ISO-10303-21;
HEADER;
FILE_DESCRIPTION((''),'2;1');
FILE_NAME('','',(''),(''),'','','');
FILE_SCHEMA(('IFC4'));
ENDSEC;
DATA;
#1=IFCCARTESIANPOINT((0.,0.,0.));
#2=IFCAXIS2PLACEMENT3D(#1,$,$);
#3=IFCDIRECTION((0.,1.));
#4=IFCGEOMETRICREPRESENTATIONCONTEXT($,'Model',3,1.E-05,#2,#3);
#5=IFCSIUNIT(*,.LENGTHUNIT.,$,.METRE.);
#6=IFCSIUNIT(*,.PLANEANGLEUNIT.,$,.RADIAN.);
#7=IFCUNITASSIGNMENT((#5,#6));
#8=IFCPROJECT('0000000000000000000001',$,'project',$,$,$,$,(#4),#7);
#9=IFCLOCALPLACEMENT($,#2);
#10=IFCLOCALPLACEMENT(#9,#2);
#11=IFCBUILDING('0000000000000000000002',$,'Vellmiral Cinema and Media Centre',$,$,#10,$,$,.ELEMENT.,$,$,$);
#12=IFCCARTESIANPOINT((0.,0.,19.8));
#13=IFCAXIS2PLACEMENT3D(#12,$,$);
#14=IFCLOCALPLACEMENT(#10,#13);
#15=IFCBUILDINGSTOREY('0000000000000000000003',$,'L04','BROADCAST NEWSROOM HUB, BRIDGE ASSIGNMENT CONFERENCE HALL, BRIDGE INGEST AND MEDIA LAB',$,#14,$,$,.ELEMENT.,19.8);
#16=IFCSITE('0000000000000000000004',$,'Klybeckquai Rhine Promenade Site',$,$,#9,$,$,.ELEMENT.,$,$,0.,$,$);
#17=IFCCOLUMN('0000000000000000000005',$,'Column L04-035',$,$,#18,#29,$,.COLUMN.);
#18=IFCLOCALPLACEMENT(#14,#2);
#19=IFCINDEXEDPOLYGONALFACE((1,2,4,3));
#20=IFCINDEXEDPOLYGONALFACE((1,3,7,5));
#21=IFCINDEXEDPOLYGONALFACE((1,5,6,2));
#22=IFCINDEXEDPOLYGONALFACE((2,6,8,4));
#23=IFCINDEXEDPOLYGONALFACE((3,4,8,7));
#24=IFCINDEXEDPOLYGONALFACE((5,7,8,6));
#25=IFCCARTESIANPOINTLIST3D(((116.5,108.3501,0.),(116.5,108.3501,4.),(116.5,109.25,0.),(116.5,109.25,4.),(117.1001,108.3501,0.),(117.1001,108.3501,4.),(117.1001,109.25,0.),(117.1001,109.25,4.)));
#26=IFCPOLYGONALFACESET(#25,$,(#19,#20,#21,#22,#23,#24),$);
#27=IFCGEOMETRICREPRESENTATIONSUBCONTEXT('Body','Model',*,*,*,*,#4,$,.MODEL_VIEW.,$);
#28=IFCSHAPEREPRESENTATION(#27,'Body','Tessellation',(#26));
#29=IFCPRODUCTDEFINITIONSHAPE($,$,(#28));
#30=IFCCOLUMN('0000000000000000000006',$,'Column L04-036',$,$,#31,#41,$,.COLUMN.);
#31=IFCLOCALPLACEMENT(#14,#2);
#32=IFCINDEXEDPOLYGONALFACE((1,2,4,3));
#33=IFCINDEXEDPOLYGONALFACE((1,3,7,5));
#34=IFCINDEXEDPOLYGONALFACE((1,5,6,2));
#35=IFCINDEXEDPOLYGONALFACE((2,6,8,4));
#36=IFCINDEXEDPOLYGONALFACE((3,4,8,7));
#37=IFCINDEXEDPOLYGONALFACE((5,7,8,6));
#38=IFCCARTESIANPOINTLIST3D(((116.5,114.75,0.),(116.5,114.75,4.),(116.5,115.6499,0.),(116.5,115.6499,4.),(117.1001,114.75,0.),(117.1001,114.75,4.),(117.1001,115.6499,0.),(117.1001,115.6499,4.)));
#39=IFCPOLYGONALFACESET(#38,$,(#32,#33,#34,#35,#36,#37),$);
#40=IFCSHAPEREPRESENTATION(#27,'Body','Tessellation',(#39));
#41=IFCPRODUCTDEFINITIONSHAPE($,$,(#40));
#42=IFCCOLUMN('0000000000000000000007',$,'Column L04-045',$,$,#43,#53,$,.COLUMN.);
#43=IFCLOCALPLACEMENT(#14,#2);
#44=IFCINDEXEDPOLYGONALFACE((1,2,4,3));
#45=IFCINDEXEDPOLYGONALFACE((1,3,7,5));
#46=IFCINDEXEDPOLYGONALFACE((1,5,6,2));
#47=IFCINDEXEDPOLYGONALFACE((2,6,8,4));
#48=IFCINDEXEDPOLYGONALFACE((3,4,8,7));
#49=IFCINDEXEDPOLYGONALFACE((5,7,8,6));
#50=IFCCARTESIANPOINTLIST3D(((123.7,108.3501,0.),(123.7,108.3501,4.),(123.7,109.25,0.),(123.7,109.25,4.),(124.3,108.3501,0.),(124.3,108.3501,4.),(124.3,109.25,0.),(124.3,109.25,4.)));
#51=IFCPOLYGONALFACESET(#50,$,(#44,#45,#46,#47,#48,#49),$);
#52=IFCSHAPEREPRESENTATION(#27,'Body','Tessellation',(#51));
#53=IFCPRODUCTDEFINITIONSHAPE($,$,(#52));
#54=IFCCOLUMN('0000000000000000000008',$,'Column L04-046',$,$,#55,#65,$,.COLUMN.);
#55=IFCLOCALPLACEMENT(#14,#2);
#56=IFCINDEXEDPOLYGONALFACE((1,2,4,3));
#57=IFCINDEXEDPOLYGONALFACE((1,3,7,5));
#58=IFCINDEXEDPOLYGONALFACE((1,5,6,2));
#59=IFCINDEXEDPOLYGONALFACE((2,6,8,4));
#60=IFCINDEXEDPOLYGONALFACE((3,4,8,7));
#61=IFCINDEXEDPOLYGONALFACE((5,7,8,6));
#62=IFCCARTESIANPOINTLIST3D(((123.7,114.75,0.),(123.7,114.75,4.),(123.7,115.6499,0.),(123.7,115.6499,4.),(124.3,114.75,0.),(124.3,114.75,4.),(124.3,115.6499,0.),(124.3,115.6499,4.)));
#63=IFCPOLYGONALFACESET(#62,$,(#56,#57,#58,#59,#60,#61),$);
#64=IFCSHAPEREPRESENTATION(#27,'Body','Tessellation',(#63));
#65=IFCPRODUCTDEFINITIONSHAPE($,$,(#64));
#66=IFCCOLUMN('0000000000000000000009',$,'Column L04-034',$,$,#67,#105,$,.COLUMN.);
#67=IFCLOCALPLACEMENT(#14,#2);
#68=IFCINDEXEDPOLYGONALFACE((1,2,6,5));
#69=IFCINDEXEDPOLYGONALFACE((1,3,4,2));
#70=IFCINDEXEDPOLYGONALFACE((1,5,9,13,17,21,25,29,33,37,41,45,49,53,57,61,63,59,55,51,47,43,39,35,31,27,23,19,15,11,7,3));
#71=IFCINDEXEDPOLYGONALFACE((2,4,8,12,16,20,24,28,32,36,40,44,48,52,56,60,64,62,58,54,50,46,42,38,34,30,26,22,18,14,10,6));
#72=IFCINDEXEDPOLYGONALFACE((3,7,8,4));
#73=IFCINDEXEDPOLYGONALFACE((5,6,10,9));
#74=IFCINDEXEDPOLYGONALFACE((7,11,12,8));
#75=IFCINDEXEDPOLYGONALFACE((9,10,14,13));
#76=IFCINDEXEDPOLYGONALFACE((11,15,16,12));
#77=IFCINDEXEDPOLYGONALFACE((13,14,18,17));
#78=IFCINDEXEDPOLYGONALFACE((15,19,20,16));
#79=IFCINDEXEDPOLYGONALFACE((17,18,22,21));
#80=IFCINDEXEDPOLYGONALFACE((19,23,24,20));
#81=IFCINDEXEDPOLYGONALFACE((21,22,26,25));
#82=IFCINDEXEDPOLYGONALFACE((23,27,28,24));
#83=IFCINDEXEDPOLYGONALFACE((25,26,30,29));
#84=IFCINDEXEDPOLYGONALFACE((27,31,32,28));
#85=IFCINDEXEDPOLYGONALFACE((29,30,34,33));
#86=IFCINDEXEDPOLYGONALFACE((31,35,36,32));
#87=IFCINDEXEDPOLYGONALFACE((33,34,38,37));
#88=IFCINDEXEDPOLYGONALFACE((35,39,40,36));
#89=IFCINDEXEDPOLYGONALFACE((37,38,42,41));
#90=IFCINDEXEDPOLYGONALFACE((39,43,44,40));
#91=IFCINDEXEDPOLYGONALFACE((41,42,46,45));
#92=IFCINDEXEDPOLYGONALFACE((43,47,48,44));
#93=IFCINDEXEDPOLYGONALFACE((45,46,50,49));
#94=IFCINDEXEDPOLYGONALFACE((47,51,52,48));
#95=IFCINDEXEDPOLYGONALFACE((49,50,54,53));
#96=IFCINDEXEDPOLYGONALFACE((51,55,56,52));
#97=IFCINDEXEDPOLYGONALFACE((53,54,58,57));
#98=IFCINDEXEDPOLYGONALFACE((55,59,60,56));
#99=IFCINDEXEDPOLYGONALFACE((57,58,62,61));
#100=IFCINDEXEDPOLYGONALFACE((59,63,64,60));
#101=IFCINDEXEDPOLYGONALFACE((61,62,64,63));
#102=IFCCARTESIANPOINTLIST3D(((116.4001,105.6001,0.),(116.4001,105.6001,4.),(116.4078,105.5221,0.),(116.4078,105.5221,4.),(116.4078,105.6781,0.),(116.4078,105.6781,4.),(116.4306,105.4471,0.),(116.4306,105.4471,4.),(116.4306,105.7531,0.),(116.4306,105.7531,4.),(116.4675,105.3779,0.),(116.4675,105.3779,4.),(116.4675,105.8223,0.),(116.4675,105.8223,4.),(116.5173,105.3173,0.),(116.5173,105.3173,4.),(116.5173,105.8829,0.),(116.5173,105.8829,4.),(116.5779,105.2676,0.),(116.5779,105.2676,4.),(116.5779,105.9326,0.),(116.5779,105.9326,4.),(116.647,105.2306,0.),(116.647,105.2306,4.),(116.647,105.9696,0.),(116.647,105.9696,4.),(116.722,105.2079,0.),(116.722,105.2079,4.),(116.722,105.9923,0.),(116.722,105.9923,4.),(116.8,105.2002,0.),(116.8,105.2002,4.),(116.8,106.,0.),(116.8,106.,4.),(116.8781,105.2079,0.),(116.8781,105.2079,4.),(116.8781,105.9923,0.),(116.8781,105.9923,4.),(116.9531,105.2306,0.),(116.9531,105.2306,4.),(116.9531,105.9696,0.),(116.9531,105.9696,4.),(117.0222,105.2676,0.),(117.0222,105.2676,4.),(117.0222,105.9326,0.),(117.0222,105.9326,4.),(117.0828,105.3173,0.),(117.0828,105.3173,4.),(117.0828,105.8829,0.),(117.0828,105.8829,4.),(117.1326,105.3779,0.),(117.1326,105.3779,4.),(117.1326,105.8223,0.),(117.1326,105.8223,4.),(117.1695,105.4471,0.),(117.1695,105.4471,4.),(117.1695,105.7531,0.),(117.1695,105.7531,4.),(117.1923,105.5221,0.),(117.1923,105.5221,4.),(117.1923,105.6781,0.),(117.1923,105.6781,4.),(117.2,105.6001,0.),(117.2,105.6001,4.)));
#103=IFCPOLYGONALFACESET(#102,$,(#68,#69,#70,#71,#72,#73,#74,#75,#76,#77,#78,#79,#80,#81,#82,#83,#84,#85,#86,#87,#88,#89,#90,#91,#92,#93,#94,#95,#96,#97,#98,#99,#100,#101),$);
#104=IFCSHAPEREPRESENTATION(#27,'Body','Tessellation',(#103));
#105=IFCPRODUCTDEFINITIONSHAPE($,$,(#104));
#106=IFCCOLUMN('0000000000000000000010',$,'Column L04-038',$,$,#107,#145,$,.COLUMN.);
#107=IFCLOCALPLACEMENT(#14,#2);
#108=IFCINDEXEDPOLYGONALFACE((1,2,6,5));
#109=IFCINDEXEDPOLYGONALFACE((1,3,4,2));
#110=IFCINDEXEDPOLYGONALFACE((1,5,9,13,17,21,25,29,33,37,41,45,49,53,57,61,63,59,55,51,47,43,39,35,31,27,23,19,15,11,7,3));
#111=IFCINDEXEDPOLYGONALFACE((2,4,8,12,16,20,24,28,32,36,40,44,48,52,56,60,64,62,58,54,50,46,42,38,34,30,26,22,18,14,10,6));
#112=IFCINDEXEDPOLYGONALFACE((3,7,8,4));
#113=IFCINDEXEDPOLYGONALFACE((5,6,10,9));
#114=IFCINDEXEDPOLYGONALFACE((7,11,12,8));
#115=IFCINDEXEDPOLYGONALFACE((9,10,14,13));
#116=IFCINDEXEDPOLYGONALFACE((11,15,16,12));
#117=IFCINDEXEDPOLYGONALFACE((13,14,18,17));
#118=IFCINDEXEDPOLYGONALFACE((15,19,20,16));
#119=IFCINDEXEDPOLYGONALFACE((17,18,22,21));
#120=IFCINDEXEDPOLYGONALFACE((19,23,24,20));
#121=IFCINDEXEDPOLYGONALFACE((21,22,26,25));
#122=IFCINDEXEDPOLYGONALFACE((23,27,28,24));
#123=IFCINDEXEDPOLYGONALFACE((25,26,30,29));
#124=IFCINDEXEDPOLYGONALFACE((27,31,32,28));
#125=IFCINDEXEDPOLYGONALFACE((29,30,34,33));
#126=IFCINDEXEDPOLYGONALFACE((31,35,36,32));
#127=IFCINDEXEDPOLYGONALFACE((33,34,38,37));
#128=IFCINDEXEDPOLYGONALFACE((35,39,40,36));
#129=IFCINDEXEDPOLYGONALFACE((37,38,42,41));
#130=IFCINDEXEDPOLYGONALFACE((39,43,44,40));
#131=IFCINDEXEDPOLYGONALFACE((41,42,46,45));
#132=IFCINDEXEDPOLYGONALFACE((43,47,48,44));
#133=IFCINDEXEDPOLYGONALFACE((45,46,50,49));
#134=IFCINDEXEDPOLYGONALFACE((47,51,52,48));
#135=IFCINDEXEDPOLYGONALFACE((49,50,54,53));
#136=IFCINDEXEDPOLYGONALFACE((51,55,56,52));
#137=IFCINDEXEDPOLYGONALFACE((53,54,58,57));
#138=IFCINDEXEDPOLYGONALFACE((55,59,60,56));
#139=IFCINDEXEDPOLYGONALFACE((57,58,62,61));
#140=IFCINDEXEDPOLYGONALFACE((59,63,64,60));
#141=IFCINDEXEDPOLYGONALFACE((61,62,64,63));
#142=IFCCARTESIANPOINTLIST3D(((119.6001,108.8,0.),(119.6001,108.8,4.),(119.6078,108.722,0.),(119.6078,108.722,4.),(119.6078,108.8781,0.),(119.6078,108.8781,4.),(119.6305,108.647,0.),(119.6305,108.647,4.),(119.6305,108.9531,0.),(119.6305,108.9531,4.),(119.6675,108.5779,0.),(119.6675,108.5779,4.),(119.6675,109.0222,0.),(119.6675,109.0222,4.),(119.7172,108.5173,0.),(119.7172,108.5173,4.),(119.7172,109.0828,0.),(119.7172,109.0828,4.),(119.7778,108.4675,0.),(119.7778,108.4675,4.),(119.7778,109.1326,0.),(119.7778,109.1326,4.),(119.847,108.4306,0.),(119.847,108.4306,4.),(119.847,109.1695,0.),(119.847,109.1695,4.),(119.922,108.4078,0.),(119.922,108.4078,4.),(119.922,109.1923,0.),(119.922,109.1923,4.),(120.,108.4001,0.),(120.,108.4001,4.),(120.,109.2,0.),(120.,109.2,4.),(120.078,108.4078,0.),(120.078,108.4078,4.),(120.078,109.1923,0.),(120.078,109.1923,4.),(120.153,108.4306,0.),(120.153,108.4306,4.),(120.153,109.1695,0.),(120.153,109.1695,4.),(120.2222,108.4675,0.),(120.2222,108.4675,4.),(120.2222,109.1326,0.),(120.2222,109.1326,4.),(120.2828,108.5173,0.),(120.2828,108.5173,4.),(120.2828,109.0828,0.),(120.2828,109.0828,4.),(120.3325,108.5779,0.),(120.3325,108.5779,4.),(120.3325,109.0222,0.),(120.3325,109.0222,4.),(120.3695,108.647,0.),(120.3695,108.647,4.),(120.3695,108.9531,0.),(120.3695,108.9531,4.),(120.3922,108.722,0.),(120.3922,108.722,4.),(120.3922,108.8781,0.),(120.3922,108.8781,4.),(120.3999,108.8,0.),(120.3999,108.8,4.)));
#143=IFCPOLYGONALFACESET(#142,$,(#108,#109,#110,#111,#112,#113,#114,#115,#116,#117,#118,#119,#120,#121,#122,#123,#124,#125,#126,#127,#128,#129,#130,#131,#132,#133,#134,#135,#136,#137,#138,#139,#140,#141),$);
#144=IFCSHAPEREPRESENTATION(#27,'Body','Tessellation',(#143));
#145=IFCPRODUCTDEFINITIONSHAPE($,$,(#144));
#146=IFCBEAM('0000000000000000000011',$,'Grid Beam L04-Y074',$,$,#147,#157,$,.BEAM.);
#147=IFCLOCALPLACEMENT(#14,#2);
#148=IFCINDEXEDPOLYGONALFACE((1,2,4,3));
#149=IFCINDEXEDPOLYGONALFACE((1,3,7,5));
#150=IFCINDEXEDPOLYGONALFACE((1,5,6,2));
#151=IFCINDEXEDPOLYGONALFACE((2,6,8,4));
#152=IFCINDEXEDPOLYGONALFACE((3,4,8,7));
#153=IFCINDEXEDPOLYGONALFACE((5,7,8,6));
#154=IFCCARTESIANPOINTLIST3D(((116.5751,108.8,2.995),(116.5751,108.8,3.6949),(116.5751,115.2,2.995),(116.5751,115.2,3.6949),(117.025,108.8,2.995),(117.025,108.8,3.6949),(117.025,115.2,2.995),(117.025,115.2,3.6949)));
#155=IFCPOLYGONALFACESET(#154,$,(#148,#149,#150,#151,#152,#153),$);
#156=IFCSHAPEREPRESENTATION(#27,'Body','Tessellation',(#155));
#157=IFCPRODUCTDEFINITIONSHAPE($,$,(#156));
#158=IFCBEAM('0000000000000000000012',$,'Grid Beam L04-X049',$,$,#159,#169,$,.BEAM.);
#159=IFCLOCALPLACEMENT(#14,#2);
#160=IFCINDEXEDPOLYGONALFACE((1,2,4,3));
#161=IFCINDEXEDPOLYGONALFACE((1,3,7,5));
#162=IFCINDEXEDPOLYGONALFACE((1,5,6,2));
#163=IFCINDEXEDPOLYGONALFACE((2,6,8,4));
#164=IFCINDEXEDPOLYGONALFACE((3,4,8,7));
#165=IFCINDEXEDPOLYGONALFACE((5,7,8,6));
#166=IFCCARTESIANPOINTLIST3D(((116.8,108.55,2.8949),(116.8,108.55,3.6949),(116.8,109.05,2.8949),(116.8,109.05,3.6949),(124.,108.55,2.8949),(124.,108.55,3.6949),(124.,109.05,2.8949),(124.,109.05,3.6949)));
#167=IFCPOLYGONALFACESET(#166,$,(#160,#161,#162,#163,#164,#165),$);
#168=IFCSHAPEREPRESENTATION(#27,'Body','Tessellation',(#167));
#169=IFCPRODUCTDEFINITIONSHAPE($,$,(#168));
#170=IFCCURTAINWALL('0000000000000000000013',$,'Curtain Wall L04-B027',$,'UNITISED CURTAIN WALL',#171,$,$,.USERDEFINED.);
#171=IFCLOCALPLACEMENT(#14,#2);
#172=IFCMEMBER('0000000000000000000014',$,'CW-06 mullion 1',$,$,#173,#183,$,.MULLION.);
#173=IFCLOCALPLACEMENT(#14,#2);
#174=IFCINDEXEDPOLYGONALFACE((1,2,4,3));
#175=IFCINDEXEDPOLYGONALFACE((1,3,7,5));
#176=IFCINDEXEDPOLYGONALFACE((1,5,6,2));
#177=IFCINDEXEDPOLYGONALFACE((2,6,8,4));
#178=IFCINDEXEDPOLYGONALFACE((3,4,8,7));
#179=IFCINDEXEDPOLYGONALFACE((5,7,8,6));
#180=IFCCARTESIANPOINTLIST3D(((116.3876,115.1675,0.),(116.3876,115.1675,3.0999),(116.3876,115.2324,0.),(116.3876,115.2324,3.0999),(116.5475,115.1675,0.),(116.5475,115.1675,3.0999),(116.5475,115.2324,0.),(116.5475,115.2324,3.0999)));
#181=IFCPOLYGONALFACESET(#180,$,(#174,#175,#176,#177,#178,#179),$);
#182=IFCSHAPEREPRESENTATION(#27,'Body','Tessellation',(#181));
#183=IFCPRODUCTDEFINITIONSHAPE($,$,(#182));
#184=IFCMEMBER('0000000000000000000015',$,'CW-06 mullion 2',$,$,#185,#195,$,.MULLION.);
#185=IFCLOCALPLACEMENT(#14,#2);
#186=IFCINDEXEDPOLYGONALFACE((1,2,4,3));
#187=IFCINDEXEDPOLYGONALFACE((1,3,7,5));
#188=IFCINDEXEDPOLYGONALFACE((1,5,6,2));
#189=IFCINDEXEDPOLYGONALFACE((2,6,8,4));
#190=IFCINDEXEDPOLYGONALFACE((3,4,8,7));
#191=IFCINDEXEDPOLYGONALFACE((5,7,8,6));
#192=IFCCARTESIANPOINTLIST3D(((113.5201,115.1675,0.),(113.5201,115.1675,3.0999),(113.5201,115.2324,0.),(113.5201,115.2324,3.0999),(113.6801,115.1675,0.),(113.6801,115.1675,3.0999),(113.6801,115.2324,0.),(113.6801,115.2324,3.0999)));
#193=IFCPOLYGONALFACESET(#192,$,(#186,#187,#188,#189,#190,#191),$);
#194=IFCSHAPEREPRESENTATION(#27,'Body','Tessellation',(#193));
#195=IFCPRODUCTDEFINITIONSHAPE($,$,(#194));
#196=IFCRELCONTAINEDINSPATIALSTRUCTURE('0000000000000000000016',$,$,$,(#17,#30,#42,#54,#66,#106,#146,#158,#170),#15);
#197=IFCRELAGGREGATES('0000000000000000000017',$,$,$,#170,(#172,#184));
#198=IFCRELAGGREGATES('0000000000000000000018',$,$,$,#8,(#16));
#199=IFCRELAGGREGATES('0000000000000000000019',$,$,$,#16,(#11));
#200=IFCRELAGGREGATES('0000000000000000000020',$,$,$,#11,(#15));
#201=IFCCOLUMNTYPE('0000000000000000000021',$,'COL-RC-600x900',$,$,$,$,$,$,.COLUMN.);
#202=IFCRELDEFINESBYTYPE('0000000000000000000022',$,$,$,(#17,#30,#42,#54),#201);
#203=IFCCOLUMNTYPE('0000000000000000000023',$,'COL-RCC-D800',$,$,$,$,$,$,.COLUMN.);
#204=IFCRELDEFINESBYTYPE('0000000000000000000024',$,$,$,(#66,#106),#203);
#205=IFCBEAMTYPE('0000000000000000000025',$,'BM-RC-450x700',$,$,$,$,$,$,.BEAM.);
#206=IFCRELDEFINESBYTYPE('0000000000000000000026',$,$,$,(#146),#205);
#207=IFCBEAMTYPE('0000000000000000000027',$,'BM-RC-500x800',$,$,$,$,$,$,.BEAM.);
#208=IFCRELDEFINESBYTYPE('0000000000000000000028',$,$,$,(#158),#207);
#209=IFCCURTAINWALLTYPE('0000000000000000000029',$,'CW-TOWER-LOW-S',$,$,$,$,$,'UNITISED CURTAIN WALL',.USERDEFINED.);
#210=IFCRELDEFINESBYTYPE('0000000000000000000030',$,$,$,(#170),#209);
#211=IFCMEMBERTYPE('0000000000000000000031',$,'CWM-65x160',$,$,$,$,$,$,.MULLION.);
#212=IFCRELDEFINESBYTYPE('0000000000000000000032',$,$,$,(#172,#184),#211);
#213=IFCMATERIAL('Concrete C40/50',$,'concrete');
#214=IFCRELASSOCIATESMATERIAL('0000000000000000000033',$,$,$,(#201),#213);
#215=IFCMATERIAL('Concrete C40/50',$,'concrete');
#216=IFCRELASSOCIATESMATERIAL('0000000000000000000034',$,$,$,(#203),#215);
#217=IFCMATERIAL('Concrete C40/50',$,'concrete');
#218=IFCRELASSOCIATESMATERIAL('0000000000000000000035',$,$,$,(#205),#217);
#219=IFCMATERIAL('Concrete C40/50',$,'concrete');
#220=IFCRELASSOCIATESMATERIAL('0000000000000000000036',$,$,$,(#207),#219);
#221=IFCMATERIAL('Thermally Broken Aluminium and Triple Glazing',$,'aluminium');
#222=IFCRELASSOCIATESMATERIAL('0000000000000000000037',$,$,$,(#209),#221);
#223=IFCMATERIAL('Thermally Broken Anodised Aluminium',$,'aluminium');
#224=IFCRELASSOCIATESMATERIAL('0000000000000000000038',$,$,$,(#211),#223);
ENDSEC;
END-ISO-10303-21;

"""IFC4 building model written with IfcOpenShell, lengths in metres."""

from ifc_helpers import new_model, si_unit, direction, frame, origin, origin_2d, place, context, subcontext, project, spatial, rectangle, circle, extrude, material, material_profile, profile_set, type_object, element, aggregate, save


model = new_model("IFC4")

# Units and contexts
model_context = context("Model", 3, precision=1e-05, world=origin(), true_north=direction((0.0, 1.0)))
body_context = subcontext(model_context, "Body", "Model", "MODEL_VIEW")
ifc_project = project(units=[si_unit("LENGTHUNIT", "METRE"), si_unit("PLANEANGLEUNIT", "RADIAN")], contexts=[model_context])

# Site, building, storey
site_placement = place(None, origin())
site = spatial("IfcSite", under=ifc_project, at=site_placement, Name="Klybeckquai Rhine Promenade Site", CompositionType="ELEMENT", RefElevation=0.0)
building_placement = place(site_placement, origin())
building = spatial("IfcBuilding", under=site, at=building_placement, Name="Vellmiral Cinema and Media Centre", CompositionType="ELEMENT")
storey_placement = place(building_placement, frame((0.0, 0.0, 19.8)))
storey = spatial("IfcBuildingStorey", under=building, at=storey_placement, Name="L04", Description="BROADCAST NEWSROOM HUB, BRIDGE ASSIGNMENT CONFERENCE HALL, BRIDGE INGEST AND MEDIA LAB", CompositionType="ELEMENT", Elevation=19.8)

# Columns
ifc_material_1 = material(Name="Concrete C40/50", Category="concrete")
ifc_material_profile_1 = material_profile(ifc_material_1, rectangle(XDim=0.6001, YDim=0.8999, at=origin_2d()), Name="RC 600x900")
ifc_profile_set_1 = profile_set([ifc_material_profile_1], Name="Concrete C40/50")
column_type_1 = type_object("IfcColumnType", Name="COL-RC-600x900", PredefinedType="COLUMN", material=ifc_profile_set_1)
for number, where, z_axis, x_axis, name in (
    (1, (116.8, 108.8, 0.0), (0.0, 0.0, 1.0), (1.0, 0.0, 0.0), "Column L04-035"),
    (2, (116.8, 115.2, 0.0), (0.0, 0.0, 1.0), (1.0, 0.0, 0.0), "Column L04-036"),
    (3, (124.0, 108.8, 0.0), (0.0, 0.0, 1.0), (1.0, 0.0, 0.0), "Column L04-045"),
    (4, (124.0, 115.2, 0.0), (0.0, 0.0, 1.0), (1.0, 0.0, 0.0), "Column L04-046"),
):
    element("IfcColumn", number, at=place(storey_placement, frame(where, z_axis=z_axis, x_axis=x_axis)), inside=storey, type_object=column_type_1, Name=name, PredefinedType="COLUMN", context=body_context, shape_type="SweptSolid", body=[
        extrude(rectangle(XDim=0.6001, YDim=0.8999, at=origin_2d()), origin(), (0.0, 0.0, 1.0), 4.0),
    ])
ifc_material_2 = material(Name="Concrete C40/50", Category="concrete")
ifc_material_profile_2 = material_profile(ifc_material_2, circle(Radius=0.3999, at=origin_2d()), Name="RC D800")
ifc_profile_set_2 = profile_set([ifc_material_profile_2], Name="Concrete C40/50")
column_type_2 = type_object("IfcColumnType", Name="COL-RCC-D800", PredefinedType="COLUMN", material=ifc_profile_set_2)
for number, where, z_axis, x_axis, name in (
    (5, (116.8, 105.6001, 0.0), (0.0, 0.0, 1.0), (1.0, 0.0, 0.0), "Column L04-034"),
    (6, (120.0, 108.8, 0.0), (0.0, 0.0, 1.0), (1.0, 0.0, 0.0), "Column L04-038"),
):
    element("IfcColumn", number, at=place(storey_placement, frame(where, z_axis=z_axis, x_axis=x_axis)), inside=storey, type_object=column_type_2, Name=name, PredefinedType="COLUMN", context=body_context, shape_type="SweptSolid", body=[
        extrude(circle(Radius=0.3999, at=origin_2d()), origin(), (0.0, 0.0, 1.0), 4.0),
    ])

# Beams
ifc_material_3 = material(Name="Concrete C40/50", Category="concrete")
ifc_material_profile_3 = material_profile(ifc_material_3, rectangle(XDim=0.45, YDim=0.7, at=origin_2d()), Name="RC 450x700")
ifc_profile_set_3 = profile_set([ifc_material_profile_3], Name="Concrete C40/50")
beam_type_1 = type_object("IfcBeamType", Name="BM-RC-450x700", PredefinedType="BEAM", material=ifc_profile_set_3)
beam_1_placement = place(storey_placement, frame((116.8, 108.8, 3.345), z_axis=(0.0, 1.0, 0.0), x_axis=(-1.0, 0.0, 0.0)))
element("IfcBeam", 7, at=beam_1_placement, inside=storey, type_object=beam_type_1, Name="Grid Beam L04-Y074", PredefinedType="BEAM", context=body_context, shape_type="SweptSolid", body=[
    extrude(rectangle(XDim=0.45, YDim=0.7, at=origin_2d()), origin(), (0.0, 0.0, 1.0), 6.3999),
])
ifc_material_4 = material(Name="Concrete C40/50", Category="concrete")
ifc_material_profile_4 = material_profile(ifc_material_4, rectangle(XDim=0.5, YDim=0.8, at=origin_2d()), Name="RC 500x800")
ifc_profile_set_4 = profile_set([ifc_material_profile_4], Name="Concrete C40/50")
beam_type_2 = type_object("IfcBeamType", Name="BM-RC-500x800", PredefinedType="BEAM", material=ifc_profile_set_4)
beam_2_placement = place(storey_placement, frame((116.8, 108.8, 3.2949), z_axis=(1.0, 0.0, 0.0), x_axis=(0.0, 1.0, 0.0)))
element("IfcBeam", 8, at=beam_2_placement, inside=storey, type_object=beam_type_2, Name="Grid Beam L04-X049", PredefinedType="BEAM", context=body_context, shape_type="SweptSolid", body=[
    extrude(rectangle(XDim=0.5, YDim=0.8, at=origin_2d()), origin(), (0.0, 0.0, 1.0), 7.2),
])

# Curtain wall, members
ifc_material_5 = material(Name="Thermally Broken Aluminium and Triple Glazing", Category="aluminium")
curtain_wall_type = type_object("IfcCurtainWallType", Name="CW-TOWER-LOW-S", ElementType="UNITISED CURTAIN WALL", PredefinedType="USERDEFINED", material=ifc_material_5)
curtain_wall_placement = place(storey_placement, origin())
curtain_wall = element("IfcCurtainWall", 9, at=curtain_wall_placement, inside=storey, type_object=curtain_wall_type, Name="Curtain Wall L04-B027", ObjectType="UNITISED CURTAIN WALL", PredefinedType="USERDEFINED")
ifc_material_6 = material(Name="Thermally Broken Anodised Aluminium", Category="aluminium")
ifc_material_profile_5 = material_profile(ifc_material_6, rectangle(XDim=0.0649, YDim=0.1599, at=origin_2d()), Name="MULL 65x160")
ifc_profile_set_5 = profile_set([ifc_material_profile_5], Name="Thermally Broken Anodised Aluminium")
member_type_1 = type_object("IfcMemberType", Name="CWM-65x160", PredefinedType="MULLION", material=ifc_profile_set_5)
member_1_placement = place(storey_placement, frame((116.4675, 115.2, 0.0), z_axis=(0.0, 0.0, 1.0), x_axis=(0.0, -1.0, 0.0)))
member_1 = element("IfcMember", 10, at=member_1_placement, type_object=member_type_1, Name="CW-06 mullion 1", PredefinedType="MULLION", context=body_context, shape_type="SweptSolid", body=[
    extrude(rectangle(XDim=0.0649, YDim=0.1599, at=origin_2d()), origin(), (0.0, 0.0, 1.0), 3.0999),
])
member_2_placement = place(storey_placement, frame((113.6001, 115.2, 0.0), z_axis=(0.0, 0.0, 1.0), x_axis=(0.0, -1.0, 0.0)))
member_2 = element("IfcMember", 11, at=member_2_placement, type_object=member_type_1, Name="CW-06 mullion 2", PredefinedType="MULLION", context=body_context, shape_type="SweptSolid", body=[
    extrude(rectangle(XDim=0.0649, YDim=0.1599, at=origin_2d()), origin(), (0.0, 0.0, 1.0), 3.0999),
])

aggregate(curtain_wall, [member_1, member_2])

save(model, "model.ifc")
